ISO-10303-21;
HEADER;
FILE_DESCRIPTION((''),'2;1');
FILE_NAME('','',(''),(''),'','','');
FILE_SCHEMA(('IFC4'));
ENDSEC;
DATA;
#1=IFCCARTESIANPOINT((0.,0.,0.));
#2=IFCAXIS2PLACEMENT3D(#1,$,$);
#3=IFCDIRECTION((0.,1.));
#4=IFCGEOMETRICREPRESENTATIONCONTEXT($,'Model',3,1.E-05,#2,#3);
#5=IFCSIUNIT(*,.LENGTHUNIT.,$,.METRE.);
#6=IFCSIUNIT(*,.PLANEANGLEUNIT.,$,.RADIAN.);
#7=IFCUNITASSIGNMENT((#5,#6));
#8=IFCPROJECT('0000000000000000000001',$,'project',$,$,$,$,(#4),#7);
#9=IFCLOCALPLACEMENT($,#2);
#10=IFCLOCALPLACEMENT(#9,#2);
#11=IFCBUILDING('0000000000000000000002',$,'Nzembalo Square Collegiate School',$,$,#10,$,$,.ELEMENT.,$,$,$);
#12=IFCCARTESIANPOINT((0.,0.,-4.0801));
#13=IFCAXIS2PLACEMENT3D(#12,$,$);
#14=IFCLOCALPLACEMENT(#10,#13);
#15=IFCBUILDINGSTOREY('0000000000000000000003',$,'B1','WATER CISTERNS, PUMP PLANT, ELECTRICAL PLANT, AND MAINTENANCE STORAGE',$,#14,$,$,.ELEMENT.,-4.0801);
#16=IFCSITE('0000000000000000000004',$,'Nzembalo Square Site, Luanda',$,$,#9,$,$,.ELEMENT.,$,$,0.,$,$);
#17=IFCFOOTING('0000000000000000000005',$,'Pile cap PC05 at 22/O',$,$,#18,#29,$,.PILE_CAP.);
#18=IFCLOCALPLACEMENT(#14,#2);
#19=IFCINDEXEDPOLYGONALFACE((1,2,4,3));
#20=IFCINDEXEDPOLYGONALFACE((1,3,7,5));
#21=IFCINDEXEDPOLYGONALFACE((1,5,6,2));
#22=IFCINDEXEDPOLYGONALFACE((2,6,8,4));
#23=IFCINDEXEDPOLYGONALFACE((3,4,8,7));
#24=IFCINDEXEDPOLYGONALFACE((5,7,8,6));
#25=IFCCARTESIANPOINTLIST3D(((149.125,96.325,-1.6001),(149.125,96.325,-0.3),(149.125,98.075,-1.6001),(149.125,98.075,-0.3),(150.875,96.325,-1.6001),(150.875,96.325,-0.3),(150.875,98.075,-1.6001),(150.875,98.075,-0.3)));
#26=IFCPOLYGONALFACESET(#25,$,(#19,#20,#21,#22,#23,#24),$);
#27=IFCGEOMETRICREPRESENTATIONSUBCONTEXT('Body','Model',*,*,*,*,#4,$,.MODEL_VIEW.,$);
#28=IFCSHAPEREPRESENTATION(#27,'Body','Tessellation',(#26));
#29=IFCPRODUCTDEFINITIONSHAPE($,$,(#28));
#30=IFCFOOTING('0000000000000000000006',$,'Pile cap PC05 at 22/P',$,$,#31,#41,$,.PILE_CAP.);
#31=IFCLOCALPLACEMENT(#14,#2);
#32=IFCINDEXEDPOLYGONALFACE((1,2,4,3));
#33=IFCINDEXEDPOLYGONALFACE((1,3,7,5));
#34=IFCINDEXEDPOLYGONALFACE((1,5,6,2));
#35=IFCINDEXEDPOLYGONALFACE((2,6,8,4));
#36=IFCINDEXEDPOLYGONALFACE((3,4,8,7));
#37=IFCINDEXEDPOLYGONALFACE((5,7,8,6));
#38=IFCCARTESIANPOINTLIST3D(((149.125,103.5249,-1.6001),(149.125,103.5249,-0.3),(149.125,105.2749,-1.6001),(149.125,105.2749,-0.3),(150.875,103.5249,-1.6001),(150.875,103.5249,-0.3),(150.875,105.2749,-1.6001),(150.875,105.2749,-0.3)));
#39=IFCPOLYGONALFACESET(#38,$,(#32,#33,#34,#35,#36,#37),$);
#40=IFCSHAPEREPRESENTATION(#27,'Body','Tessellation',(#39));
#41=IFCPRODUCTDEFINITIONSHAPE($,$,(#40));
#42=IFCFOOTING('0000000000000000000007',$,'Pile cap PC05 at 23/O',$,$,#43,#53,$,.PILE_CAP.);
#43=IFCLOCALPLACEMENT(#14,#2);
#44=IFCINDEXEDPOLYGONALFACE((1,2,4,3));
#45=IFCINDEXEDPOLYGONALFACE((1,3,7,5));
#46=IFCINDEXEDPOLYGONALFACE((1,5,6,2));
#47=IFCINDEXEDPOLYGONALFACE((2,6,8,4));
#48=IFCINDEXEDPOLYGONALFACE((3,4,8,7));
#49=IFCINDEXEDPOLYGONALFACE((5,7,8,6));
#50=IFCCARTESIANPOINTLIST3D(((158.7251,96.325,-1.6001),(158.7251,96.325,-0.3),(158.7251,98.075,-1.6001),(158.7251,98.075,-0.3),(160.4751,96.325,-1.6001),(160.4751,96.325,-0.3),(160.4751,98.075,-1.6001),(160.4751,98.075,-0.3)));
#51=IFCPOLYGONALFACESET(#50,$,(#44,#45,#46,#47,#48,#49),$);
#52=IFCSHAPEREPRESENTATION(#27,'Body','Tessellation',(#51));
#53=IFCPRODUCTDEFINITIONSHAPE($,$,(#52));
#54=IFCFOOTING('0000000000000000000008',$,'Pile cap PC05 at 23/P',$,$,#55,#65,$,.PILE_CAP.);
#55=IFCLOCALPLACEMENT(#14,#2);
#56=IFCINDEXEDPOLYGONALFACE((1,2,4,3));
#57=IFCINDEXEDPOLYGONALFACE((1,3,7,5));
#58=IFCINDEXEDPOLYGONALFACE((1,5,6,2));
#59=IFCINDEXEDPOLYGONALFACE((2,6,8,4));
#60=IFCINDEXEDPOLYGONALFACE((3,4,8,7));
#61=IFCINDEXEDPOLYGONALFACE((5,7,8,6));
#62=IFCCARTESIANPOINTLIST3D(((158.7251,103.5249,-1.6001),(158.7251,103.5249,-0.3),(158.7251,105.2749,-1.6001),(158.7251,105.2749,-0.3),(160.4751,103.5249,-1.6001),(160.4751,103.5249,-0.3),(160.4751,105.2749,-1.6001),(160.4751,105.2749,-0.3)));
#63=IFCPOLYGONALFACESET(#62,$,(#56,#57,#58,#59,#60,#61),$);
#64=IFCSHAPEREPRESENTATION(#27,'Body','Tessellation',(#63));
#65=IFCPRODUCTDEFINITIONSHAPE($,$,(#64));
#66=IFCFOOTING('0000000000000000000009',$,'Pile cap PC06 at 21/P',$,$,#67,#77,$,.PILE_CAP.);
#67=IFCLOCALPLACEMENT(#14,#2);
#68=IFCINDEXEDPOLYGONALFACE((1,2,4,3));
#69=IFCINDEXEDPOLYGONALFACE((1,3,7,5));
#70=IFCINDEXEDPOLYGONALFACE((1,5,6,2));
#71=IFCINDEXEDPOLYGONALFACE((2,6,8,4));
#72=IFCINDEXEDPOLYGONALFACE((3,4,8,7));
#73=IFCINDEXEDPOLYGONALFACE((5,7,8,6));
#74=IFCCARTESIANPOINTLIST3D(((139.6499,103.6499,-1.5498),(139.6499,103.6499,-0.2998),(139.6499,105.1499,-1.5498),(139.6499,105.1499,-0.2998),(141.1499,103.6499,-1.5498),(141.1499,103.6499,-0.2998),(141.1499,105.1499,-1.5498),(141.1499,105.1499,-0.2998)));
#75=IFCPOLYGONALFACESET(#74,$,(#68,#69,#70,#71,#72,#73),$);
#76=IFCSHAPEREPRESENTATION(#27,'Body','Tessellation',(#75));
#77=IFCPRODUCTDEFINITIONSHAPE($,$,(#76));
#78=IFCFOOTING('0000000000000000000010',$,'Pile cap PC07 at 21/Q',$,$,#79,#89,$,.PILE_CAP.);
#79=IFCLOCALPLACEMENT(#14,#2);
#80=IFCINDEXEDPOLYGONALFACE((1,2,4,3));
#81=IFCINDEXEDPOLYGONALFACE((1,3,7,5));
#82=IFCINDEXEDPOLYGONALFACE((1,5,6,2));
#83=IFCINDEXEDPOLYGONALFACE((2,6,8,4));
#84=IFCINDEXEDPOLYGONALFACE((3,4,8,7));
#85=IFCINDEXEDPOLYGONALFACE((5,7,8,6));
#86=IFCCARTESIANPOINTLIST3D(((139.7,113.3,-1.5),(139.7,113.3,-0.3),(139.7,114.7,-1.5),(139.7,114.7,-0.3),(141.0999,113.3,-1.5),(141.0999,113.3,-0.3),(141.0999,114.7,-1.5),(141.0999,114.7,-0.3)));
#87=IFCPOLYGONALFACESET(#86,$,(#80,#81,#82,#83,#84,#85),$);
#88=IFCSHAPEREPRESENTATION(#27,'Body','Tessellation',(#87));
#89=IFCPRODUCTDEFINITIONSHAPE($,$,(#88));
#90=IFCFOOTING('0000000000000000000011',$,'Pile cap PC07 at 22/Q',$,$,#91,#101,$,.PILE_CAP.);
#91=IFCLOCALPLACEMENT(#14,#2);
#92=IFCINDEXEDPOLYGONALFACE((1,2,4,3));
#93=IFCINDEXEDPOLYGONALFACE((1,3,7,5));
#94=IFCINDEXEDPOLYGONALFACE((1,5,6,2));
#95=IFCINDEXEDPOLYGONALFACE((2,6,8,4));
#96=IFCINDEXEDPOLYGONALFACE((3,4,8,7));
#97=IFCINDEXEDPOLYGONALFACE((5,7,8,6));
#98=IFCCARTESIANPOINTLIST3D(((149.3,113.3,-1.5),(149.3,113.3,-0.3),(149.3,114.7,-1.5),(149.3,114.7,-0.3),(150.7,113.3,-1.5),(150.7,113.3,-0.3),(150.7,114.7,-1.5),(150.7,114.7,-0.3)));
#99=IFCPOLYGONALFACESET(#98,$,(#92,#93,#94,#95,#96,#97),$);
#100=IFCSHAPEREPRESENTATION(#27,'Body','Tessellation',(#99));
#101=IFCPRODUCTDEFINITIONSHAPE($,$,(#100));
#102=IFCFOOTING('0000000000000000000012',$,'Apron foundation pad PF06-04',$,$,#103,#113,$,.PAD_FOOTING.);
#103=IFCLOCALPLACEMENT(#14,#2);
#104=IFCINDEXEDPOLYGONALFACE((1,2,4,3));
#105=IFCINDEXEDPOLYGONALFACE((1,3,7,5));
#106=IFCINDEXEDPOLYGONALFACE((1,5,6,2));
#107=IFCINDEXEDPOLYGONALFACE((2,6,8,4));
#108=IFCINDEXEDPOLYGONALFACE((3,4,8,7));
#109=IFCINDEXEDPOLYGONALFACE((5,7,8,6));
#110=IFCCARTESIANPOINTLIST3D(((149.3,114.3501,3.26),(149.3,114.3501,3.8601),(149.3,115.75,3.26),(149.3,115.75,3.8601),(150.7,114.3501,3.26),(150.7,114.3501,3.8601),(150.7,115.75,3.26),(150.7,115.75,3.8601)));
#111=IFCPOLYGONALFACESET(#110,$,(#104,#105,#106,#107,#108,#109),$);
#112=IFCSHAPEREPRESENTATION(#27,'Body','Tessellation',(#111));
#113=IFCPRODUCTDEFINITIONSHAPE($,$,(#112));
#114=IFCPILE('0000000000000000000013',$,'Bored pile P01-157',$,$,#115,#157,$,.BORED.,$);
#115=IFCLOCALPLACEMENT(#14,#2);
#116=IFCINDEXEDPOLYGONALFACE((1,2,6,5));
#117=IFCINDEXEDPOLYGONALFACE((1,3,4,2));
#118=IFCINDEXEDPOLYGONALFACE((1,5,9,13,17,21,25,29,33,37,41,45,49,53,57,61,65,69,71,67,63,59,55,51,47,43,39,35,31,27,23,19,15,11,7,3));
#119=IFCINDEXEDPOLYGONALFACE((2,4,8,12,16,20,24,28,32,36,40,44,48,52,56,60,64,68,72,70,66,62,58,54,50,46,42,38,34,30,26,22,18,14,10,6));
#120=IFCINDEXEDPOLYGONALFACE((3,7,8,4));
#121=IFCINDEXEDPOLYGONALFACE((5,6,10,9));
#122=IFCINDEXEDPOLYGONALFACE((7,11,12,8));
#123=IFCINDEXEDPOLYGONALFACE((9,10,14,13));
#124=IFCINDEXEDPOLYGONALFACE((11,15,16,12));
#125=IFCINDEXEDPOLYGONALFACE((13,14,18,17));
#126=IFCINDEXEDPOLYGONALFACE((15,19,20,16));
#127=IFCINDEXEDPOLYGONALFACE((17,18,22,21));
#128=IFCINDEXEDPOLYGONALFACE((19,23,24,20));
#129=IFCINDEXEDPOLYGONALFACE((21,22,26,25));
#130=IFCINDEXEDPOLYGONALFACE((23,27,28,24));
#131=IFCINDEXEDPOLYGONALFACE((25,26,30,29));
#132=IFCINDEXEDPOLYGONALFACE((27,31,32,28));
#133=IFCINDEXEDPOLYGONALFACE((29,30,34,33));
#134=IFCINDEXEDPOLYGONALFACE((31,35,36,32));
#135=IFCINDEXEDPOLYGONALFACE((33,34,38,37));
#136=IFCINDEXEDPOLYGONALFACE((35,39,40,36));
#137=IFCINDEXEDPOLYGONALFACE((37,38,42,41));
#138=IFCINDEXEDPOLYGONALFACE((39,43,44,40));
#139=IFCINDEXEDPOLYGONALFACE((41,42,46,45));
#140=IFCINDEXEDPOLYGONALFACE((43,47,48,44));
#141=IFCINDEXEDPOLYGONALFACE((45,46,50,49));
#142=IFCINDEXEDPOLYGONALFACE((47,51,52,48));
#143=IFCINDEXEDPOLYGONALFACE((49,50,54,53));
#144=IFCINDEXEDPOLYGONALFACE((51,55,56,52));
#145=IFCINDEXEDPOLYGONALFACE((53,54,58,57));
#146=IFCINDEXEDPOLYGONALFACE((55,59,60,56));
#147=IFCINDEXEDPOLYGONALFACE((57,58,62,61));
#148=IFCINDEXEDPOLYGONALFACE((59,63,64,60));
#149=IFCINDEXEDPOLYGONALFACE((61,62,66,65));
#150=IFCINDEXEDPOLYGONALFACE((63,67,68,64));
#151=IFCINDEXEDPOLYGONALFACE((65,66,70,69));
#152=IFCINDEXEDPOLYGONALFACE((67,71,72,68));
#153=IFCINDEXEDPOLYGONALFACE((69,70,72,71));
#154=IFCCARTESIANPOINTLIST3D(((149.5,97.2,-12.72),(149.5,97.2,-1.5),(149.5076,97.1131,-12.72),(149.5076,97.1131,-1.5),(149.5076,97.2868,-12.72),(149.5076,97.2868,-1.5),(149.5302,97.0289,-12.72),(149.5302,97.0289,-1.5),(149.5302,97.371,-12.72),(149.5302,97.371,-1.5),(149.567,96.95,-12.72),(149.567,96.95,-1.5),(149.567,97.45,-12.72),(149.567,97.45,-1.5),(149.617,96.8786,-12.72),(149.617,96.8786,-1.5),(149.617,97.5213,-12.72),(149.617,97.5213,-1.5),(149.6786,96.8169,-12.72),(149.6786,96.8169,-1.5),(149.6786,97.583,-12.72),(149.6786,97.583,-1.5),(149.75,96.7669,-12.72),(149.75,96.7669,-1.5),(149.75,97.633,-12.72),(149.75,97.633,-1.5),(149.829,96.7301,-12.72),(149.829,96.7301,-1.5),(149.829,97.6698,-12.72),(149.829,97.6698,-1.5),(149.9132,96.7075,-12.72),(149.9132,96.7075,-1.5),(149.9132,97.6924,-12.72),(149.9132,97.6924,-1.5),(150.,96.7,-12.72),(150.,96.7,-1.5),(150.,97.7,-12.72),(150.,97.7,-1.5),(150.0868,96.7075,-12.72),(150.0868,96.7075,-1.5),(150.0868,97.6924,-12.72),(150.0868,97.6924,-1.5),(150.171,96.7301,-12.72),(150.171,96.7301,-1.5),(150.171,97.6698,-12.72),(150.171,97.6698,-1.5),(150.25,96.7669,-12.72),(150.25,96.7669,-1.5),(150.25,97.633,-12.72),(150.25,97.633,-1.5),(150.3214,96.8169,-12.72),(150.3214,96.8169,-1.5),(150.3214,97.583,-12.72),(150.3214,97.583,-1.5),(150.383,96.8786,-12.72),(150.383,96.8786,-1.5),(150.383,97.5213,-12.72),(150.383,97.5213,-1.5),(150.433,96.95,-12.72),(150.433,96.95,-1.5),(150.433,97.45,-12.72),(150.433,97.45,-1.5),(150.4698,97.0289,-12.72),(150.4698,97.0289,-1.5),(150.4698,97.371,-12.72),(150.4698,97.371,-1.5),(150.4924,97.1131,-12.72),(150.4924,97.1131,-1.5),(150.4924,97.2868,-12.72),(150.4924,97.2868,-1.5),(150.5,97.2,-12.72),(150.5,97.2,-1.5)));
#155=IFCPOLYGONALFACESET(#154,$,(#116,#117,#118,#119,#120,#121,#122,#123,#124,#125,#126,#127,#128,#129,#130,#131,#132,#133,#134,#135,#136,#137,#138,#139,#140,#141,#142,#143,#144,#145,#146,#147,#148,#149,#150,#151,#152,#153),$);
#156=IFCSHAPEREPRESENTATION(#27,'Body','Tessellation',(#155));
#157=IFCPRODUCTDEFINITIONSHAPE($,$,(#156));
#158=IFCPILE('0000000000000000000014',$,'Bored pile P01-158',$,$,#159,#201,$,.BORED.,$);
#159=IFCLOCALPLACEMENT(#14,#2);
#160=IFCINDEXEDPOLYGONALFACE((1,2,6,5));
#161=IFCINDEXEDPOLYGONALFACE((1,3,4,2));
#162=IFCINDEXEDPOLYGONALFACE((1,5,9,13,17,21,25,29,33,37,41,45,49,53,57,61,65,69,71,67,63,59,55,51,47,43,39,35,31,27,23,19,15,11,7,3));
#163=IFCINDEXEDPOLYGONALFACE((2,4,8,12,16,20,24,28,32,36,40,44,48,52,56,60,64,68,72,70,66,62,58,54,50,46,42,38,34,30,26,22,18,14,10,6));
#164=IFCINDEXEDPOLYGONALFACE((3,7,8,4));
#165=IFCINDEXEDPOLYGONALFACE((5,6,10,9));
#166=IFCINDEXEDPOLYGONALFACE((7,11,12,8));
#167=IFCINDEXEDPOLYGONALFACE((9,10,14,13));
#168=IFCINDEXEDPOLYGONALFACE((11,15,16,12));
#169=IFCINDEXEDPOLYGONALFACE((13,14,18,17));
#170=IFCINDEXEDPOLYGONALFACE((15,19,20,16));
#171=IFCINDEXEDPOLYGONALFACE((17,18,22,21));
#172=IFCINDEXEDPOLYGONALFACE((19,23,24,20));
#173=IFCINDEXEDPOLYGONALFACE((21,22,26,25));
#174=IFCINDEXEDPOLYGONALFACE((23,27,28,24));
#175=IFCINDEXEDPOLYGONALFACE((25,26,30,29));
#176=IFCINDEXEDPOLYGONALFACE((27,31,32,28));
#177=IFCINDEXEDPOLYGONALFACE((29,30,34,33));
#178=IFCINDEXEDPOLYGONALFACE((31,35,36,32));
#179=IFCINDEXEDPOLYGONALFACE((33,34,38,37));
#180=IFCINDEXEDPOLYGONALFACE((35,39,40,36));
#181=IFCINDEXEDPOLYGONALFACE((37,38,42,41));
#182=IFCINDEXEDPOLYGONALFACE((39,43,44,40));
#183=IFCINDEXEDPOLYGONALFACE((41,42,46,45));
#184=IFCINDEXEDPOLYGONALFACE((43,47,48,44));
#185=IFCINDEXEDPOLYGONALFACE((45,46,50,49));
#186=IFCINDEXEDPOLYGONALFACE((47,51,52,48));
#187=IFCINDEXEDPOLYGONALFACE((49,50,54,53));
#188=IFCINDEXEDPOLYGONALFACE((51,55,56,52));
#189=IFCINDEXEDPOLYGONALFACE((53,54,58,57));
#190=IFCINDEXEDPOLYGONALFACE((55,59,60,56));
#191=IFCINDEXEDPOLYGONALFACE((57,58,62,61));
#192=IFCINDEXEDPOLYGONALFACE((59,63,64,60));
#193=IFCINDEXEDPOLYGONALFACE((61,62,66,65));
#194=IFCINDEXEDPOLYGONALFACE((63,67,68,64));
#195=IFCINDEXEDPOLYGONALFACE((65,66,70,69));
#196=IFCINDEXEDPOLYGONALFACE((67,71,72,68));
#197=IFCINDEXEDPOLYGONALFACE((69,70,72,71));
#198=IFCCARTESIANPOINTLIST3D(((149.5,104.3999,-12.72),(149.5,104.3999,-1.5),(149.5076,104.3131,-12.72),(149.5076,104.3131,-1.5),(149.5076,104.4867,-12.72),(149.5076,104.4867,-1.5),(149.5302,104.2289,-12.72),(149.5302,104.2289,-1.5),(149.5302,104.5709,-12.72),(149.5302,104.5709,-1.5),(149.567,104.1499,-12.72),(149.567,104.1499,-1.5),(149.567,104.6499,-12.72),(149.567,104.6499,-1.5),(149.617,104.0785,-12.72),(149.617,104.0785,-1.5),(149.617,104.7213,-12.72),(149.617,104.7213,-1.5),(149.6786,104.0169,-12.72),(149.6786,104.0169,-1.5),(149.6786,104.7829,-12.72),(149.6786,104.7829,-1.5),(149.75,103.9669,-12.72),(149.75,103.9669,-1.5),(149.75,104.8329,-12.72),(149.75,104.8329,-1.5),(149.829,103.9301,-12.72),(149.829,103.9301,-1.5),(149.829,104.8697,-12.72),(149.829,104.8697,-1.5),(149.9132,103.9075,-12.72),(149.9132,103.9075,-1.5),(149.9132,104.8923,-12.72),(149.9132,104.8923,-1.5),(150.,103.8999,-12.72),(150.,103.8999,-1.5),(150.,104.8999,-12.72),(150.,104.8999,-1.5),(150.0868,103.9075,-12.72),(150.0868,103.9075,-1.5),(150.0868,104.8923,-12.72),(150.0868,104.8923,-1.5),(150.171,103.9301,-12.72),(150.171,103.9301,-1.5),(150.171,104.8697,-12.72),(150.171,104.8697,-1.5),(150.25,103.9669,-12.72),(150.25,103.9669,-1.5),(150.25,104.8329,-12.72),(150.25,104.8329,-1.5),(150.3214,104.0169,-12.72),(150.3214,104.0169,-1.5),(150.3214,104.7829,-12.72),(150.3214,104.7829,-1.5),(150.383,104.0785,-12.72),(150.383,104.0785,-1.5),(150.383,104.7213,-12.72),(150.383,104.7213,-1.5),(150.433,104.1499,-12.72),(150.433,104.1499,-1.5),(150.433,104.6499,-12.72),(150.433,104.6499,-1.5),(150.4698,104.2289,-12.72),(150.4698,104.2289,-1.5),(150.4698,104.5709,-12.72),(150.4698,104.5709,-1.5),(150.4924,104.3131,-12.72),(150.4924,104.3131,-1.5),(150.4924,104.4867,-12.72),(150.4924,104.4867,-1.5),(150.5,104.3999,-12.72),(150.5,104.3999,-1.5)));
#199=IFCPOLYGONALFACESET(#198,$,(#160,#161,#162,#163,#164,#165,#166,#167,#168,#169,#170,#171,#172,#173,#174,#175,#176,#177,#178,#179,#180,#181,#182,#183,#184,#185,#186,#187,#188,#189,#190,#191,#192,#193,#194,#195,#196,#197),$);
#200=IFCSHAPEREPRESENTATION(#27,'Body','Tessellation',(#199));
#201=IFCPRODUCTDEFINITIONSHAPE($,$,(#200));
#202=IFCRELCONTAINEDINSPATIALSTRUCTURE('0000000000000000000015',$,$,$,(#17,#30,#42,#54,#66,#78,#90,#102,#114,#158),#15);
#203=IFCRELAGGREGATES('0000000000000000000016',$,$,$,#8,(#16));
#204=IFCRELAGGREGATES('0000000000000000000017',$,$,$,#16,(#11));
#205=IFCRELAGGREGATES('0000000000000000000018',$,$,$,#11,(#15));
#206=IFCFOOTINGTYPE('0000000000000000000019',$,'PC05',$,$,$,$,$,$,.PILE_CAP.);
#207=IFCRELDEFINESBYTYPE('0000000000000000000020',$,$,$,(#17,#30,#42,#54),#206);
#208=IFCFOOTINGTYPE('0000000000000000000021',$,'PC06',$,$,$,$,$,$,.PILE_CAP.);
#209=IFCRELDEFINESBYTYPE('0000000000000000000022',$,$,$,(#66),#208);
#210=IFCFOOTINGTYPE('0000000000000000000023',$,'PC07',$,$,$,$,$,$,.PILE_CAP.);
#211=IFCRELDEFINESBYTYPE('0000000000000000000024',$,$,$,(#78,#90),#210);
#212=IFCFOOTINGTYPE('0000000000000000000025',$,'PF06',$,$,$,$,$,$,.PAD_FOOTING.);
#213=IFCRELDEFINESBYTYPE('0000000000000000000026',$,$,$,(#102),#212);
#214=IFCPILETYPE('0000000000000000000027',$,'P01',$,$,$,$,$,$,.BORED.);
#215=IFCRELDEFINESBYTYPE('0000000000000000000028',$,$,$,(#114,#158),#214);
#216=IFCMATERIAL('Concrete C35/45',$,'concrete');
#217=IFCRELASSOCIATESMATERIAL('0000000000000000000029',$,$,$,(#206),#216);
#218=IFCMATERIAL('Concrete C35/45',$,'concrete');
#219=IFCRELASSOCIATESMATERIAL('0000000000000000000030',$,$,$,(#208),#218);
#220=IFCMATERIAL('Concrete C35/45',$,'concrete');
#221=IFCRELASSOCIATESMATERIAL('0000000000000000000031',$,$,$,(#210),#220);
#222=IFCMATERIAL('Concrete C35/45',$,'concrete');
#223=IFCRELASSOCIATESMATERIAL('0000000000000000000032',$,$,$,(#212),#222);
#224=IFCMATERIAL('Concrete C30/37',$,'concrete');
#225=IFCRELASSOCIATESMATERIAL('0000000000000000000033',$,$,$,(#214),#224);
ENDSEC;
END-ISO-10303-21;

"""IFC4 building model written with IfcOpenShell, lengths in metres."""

from ifc_helpers import new_model, si_unit, direction, frame, origin, origin_2d, place, context, subcontext, project, spatial, rectangle, circle, extrude, material, material_profile, profile_set, type_object, element, save


model = new_model("IFC4")

# Units and contexts
model_context = context("Model", 3, precision=1e-05, world=origin(), true_north=direction((0.0, 1.0)))
body_context = subcontext(model_context, "Body", "Model", "MODEL_VIEW")
ifc_project = project(units=[si_unit("LENGTHUNIT", "METRE"), si_unit("PLANEANGLEUNIT", "RADIAN")], contexts=[model_context])

# Site, building, storey
site_placement = place(None, origin())
site = spatial("IfcSite", under=ifc_project, at=site_placement, Name="Nzembalo Square Site, Luanda", CompositionType="ELEMENT", RefElevation=0.0)
building_placement = place(site_placement, origin())
building = spatial("IfcBuilding", under=site, at=building_placement, Name="Nzembalo Square Collegiate School", CompositionType="ELEMENT")
storey_placement = place(building_placement, frame((0.0, 0.0, -4.0801)))
storey = spatial("IfcBuildingStorey", under=building, at=storey_placement, Name="B1", Description="WATER CISTERNS, PUMP PLANT, ELECTRICAL PLANT, AND MAINTENANCE STORAGE", CompositionType="ELEMENT", Elevation=-4.0801)

# Footings
ifc_material_1 = material(Name="Concrete C35/45", Category="concrete")
footing_type_1 = type_object("IfcFootingType", Name="PC05", PredefinedType="PILE_CAP", material=ifc_material_1)
for number, where, z_axis, x_axis, name in (
    (1, (150.0, 97.2, -1.6001), (0.0, 0.0, 1.0), (1.0, 0.0, 0.0), "Pile cap PC05 at 22/O"),
    (2, (150.0, 104.3999, -1.6001), (0.0, 0.0, 1.0), (1.0, 0.0, 0.0), "Pile cap PC05 at 22/P"),
    (3, (159.6001, 97.2, -1.6001), (0.0, 0.0, 1.0), (1.0, 0.0, 0.0), "Pile cap PC05 at 23/O"),
    (4, (159.6001, 104.3999, -1.6001), (0.0, 0.0, 1.0), (1.0, 0.0, 0.0), "Pile cap PC05 at 23/P"),
):
    element("IfcFooting", number, at=place(storey_placement, frame(where, z_axis=z_axis, x_axis=x_axis)), inside=storey, type_object=footing_type_1, Name=name, PredefinedType="PILE_CAP", context=body_context, shape_type="SweptSolid", body=[
        extrude(rectangle(XDim=1.75, YDim=1.75, at=origin_2d()), origin(), (0.0, 0.0, 1.0), 1.3),
    ])
ifc_material_2 = material(Name="Concrete C35/45", Category="concrete")
footing_type_2 = type_object("IfcFootingType", Name="PC06", PredefinedType="PILE_CAP", material=ifc_material_2)
footing_1_placement = place(storey_placement, frame((140.3999, 104.3999, -1.5498), z_axis=(0.0, 0.0, 1.0), x_axis=(1.0, 0.0, 0.0)))
element("IfcFooting", 5, at=footing_1_placement, inside=storey, type_object=footing_type_2, Name="Pile cap PC06 at 21/P", PredefinedType="PILE_CAP", context=body_context, shape_type="SweptSolid", body=[
    extrude(rectangle(XDim=1.5, YDim=1.5, at=origin_2d()), origin(), (0.0, 0.0, 1.0), 1.25),
])
ifc_material_3 = material(Name="Concrete C35/45", Category="concrete")
footing_type_3 = type_object("IfcFootingType", Name="PC07", PredefinedType="PILE_CAP", material=ifc_material_3)
for number, where, z_axis, x_axis, name in (
    (6, (140.3999, 114.0, -1.5), (0.0, 0.0, 1.0), (1.0, 0.0, 0.0), "Pile cap PC07 at 21/Q"),
    (7, (150.0, 114.0, -1.5), (0.0, 0.0, 1.0), (1.0, 0.0, 0.0), "Pile cap PC07 at 22/Q"),
):
    element("IfcFooting", number, at=place(storey_placement, frame(where, z_axis=z_axis, x_axis=x_axis)), inside=storey, type_object=footing_type_3, Name=name, PredefinedType="PILE_CAP", context=body_context, shape_type="SweptSolid", body=[
        extrude(rectangle(XDim=1.3999, YDim=1.3999, at=origin_2d()), origin(), (0.0, 0.0, 1.0), 1.2),
    ])
ifc_material_4 = material(Name="Concrete C35/45", Category="concrete")
footing_type_4 = type_object("IfcFootingType", Name="PF06", PredefinedType="PAD_FOOTING", material=ifc_material_4)
footing_2_placement = place(storey_placement, frame((150.0, 115.05, 3.26), z_axis=(0.0, 0.0, 1.0), x_axis=(1.0, 0.0, 0.0)))
element("IfcFooting", 8, at=footing_2_placement, inside=storey, type_object=footing_type_4, Name="Apron foundation pad PF06-04", PredefinedType="PAD_FOOTING", context=body_context, shape_type="SweptSolid", body=[
    extrude(rectangle(XDim=1.3999, YDim=1.3999, at=origin_2d()), origin(), (0.0, 0.0, 1.0), 0.6001),
])

# Piles
ifc_material_5 = material(Name="Concrete C30/37", Category="concrete")
ifc_material_profile_1 = material_profile(ifc_material_5, circle(Radius=0.5, at=origin_2d()), Name="PILE D1000")
ifc_profile_set_1 = profile_set([ifc_material_profile_1], Name="Concrete C30/37")
pile_type_1 = type_object("IfcPileType", Name="P01", PredefinedType="BORED", material=ifc_profile_set_1)
for number, where, z_axis, x_axis, name in (
    (9, (150.0, 97.2, -1.5), (0.0, 0.0, -1.0), (1.0, 0.0, 0.0), "Bored pile P01-157"),
    (10, (150.0, 104.3999, -1.5), (0.0, 0.0, -1.0), (1.0, 0.0, 0.0), "Bored pile P01-158"),
):
    element("IfcPile", number, at=place(storey_placement, frame(where, z_axis=z_axis, x_axis=x_axis)), inside=storey, type_object=pile_type_1, Name=name, PredefinedType="BORED", context=body_context, shape_type="SweptSolid", body=[
        extrude(circle(Radius=0.5, at=origin_2d()), origin(), (0.0, 0.0, 1.0), 11.22),
    ])

save(model, "model.ifc")
